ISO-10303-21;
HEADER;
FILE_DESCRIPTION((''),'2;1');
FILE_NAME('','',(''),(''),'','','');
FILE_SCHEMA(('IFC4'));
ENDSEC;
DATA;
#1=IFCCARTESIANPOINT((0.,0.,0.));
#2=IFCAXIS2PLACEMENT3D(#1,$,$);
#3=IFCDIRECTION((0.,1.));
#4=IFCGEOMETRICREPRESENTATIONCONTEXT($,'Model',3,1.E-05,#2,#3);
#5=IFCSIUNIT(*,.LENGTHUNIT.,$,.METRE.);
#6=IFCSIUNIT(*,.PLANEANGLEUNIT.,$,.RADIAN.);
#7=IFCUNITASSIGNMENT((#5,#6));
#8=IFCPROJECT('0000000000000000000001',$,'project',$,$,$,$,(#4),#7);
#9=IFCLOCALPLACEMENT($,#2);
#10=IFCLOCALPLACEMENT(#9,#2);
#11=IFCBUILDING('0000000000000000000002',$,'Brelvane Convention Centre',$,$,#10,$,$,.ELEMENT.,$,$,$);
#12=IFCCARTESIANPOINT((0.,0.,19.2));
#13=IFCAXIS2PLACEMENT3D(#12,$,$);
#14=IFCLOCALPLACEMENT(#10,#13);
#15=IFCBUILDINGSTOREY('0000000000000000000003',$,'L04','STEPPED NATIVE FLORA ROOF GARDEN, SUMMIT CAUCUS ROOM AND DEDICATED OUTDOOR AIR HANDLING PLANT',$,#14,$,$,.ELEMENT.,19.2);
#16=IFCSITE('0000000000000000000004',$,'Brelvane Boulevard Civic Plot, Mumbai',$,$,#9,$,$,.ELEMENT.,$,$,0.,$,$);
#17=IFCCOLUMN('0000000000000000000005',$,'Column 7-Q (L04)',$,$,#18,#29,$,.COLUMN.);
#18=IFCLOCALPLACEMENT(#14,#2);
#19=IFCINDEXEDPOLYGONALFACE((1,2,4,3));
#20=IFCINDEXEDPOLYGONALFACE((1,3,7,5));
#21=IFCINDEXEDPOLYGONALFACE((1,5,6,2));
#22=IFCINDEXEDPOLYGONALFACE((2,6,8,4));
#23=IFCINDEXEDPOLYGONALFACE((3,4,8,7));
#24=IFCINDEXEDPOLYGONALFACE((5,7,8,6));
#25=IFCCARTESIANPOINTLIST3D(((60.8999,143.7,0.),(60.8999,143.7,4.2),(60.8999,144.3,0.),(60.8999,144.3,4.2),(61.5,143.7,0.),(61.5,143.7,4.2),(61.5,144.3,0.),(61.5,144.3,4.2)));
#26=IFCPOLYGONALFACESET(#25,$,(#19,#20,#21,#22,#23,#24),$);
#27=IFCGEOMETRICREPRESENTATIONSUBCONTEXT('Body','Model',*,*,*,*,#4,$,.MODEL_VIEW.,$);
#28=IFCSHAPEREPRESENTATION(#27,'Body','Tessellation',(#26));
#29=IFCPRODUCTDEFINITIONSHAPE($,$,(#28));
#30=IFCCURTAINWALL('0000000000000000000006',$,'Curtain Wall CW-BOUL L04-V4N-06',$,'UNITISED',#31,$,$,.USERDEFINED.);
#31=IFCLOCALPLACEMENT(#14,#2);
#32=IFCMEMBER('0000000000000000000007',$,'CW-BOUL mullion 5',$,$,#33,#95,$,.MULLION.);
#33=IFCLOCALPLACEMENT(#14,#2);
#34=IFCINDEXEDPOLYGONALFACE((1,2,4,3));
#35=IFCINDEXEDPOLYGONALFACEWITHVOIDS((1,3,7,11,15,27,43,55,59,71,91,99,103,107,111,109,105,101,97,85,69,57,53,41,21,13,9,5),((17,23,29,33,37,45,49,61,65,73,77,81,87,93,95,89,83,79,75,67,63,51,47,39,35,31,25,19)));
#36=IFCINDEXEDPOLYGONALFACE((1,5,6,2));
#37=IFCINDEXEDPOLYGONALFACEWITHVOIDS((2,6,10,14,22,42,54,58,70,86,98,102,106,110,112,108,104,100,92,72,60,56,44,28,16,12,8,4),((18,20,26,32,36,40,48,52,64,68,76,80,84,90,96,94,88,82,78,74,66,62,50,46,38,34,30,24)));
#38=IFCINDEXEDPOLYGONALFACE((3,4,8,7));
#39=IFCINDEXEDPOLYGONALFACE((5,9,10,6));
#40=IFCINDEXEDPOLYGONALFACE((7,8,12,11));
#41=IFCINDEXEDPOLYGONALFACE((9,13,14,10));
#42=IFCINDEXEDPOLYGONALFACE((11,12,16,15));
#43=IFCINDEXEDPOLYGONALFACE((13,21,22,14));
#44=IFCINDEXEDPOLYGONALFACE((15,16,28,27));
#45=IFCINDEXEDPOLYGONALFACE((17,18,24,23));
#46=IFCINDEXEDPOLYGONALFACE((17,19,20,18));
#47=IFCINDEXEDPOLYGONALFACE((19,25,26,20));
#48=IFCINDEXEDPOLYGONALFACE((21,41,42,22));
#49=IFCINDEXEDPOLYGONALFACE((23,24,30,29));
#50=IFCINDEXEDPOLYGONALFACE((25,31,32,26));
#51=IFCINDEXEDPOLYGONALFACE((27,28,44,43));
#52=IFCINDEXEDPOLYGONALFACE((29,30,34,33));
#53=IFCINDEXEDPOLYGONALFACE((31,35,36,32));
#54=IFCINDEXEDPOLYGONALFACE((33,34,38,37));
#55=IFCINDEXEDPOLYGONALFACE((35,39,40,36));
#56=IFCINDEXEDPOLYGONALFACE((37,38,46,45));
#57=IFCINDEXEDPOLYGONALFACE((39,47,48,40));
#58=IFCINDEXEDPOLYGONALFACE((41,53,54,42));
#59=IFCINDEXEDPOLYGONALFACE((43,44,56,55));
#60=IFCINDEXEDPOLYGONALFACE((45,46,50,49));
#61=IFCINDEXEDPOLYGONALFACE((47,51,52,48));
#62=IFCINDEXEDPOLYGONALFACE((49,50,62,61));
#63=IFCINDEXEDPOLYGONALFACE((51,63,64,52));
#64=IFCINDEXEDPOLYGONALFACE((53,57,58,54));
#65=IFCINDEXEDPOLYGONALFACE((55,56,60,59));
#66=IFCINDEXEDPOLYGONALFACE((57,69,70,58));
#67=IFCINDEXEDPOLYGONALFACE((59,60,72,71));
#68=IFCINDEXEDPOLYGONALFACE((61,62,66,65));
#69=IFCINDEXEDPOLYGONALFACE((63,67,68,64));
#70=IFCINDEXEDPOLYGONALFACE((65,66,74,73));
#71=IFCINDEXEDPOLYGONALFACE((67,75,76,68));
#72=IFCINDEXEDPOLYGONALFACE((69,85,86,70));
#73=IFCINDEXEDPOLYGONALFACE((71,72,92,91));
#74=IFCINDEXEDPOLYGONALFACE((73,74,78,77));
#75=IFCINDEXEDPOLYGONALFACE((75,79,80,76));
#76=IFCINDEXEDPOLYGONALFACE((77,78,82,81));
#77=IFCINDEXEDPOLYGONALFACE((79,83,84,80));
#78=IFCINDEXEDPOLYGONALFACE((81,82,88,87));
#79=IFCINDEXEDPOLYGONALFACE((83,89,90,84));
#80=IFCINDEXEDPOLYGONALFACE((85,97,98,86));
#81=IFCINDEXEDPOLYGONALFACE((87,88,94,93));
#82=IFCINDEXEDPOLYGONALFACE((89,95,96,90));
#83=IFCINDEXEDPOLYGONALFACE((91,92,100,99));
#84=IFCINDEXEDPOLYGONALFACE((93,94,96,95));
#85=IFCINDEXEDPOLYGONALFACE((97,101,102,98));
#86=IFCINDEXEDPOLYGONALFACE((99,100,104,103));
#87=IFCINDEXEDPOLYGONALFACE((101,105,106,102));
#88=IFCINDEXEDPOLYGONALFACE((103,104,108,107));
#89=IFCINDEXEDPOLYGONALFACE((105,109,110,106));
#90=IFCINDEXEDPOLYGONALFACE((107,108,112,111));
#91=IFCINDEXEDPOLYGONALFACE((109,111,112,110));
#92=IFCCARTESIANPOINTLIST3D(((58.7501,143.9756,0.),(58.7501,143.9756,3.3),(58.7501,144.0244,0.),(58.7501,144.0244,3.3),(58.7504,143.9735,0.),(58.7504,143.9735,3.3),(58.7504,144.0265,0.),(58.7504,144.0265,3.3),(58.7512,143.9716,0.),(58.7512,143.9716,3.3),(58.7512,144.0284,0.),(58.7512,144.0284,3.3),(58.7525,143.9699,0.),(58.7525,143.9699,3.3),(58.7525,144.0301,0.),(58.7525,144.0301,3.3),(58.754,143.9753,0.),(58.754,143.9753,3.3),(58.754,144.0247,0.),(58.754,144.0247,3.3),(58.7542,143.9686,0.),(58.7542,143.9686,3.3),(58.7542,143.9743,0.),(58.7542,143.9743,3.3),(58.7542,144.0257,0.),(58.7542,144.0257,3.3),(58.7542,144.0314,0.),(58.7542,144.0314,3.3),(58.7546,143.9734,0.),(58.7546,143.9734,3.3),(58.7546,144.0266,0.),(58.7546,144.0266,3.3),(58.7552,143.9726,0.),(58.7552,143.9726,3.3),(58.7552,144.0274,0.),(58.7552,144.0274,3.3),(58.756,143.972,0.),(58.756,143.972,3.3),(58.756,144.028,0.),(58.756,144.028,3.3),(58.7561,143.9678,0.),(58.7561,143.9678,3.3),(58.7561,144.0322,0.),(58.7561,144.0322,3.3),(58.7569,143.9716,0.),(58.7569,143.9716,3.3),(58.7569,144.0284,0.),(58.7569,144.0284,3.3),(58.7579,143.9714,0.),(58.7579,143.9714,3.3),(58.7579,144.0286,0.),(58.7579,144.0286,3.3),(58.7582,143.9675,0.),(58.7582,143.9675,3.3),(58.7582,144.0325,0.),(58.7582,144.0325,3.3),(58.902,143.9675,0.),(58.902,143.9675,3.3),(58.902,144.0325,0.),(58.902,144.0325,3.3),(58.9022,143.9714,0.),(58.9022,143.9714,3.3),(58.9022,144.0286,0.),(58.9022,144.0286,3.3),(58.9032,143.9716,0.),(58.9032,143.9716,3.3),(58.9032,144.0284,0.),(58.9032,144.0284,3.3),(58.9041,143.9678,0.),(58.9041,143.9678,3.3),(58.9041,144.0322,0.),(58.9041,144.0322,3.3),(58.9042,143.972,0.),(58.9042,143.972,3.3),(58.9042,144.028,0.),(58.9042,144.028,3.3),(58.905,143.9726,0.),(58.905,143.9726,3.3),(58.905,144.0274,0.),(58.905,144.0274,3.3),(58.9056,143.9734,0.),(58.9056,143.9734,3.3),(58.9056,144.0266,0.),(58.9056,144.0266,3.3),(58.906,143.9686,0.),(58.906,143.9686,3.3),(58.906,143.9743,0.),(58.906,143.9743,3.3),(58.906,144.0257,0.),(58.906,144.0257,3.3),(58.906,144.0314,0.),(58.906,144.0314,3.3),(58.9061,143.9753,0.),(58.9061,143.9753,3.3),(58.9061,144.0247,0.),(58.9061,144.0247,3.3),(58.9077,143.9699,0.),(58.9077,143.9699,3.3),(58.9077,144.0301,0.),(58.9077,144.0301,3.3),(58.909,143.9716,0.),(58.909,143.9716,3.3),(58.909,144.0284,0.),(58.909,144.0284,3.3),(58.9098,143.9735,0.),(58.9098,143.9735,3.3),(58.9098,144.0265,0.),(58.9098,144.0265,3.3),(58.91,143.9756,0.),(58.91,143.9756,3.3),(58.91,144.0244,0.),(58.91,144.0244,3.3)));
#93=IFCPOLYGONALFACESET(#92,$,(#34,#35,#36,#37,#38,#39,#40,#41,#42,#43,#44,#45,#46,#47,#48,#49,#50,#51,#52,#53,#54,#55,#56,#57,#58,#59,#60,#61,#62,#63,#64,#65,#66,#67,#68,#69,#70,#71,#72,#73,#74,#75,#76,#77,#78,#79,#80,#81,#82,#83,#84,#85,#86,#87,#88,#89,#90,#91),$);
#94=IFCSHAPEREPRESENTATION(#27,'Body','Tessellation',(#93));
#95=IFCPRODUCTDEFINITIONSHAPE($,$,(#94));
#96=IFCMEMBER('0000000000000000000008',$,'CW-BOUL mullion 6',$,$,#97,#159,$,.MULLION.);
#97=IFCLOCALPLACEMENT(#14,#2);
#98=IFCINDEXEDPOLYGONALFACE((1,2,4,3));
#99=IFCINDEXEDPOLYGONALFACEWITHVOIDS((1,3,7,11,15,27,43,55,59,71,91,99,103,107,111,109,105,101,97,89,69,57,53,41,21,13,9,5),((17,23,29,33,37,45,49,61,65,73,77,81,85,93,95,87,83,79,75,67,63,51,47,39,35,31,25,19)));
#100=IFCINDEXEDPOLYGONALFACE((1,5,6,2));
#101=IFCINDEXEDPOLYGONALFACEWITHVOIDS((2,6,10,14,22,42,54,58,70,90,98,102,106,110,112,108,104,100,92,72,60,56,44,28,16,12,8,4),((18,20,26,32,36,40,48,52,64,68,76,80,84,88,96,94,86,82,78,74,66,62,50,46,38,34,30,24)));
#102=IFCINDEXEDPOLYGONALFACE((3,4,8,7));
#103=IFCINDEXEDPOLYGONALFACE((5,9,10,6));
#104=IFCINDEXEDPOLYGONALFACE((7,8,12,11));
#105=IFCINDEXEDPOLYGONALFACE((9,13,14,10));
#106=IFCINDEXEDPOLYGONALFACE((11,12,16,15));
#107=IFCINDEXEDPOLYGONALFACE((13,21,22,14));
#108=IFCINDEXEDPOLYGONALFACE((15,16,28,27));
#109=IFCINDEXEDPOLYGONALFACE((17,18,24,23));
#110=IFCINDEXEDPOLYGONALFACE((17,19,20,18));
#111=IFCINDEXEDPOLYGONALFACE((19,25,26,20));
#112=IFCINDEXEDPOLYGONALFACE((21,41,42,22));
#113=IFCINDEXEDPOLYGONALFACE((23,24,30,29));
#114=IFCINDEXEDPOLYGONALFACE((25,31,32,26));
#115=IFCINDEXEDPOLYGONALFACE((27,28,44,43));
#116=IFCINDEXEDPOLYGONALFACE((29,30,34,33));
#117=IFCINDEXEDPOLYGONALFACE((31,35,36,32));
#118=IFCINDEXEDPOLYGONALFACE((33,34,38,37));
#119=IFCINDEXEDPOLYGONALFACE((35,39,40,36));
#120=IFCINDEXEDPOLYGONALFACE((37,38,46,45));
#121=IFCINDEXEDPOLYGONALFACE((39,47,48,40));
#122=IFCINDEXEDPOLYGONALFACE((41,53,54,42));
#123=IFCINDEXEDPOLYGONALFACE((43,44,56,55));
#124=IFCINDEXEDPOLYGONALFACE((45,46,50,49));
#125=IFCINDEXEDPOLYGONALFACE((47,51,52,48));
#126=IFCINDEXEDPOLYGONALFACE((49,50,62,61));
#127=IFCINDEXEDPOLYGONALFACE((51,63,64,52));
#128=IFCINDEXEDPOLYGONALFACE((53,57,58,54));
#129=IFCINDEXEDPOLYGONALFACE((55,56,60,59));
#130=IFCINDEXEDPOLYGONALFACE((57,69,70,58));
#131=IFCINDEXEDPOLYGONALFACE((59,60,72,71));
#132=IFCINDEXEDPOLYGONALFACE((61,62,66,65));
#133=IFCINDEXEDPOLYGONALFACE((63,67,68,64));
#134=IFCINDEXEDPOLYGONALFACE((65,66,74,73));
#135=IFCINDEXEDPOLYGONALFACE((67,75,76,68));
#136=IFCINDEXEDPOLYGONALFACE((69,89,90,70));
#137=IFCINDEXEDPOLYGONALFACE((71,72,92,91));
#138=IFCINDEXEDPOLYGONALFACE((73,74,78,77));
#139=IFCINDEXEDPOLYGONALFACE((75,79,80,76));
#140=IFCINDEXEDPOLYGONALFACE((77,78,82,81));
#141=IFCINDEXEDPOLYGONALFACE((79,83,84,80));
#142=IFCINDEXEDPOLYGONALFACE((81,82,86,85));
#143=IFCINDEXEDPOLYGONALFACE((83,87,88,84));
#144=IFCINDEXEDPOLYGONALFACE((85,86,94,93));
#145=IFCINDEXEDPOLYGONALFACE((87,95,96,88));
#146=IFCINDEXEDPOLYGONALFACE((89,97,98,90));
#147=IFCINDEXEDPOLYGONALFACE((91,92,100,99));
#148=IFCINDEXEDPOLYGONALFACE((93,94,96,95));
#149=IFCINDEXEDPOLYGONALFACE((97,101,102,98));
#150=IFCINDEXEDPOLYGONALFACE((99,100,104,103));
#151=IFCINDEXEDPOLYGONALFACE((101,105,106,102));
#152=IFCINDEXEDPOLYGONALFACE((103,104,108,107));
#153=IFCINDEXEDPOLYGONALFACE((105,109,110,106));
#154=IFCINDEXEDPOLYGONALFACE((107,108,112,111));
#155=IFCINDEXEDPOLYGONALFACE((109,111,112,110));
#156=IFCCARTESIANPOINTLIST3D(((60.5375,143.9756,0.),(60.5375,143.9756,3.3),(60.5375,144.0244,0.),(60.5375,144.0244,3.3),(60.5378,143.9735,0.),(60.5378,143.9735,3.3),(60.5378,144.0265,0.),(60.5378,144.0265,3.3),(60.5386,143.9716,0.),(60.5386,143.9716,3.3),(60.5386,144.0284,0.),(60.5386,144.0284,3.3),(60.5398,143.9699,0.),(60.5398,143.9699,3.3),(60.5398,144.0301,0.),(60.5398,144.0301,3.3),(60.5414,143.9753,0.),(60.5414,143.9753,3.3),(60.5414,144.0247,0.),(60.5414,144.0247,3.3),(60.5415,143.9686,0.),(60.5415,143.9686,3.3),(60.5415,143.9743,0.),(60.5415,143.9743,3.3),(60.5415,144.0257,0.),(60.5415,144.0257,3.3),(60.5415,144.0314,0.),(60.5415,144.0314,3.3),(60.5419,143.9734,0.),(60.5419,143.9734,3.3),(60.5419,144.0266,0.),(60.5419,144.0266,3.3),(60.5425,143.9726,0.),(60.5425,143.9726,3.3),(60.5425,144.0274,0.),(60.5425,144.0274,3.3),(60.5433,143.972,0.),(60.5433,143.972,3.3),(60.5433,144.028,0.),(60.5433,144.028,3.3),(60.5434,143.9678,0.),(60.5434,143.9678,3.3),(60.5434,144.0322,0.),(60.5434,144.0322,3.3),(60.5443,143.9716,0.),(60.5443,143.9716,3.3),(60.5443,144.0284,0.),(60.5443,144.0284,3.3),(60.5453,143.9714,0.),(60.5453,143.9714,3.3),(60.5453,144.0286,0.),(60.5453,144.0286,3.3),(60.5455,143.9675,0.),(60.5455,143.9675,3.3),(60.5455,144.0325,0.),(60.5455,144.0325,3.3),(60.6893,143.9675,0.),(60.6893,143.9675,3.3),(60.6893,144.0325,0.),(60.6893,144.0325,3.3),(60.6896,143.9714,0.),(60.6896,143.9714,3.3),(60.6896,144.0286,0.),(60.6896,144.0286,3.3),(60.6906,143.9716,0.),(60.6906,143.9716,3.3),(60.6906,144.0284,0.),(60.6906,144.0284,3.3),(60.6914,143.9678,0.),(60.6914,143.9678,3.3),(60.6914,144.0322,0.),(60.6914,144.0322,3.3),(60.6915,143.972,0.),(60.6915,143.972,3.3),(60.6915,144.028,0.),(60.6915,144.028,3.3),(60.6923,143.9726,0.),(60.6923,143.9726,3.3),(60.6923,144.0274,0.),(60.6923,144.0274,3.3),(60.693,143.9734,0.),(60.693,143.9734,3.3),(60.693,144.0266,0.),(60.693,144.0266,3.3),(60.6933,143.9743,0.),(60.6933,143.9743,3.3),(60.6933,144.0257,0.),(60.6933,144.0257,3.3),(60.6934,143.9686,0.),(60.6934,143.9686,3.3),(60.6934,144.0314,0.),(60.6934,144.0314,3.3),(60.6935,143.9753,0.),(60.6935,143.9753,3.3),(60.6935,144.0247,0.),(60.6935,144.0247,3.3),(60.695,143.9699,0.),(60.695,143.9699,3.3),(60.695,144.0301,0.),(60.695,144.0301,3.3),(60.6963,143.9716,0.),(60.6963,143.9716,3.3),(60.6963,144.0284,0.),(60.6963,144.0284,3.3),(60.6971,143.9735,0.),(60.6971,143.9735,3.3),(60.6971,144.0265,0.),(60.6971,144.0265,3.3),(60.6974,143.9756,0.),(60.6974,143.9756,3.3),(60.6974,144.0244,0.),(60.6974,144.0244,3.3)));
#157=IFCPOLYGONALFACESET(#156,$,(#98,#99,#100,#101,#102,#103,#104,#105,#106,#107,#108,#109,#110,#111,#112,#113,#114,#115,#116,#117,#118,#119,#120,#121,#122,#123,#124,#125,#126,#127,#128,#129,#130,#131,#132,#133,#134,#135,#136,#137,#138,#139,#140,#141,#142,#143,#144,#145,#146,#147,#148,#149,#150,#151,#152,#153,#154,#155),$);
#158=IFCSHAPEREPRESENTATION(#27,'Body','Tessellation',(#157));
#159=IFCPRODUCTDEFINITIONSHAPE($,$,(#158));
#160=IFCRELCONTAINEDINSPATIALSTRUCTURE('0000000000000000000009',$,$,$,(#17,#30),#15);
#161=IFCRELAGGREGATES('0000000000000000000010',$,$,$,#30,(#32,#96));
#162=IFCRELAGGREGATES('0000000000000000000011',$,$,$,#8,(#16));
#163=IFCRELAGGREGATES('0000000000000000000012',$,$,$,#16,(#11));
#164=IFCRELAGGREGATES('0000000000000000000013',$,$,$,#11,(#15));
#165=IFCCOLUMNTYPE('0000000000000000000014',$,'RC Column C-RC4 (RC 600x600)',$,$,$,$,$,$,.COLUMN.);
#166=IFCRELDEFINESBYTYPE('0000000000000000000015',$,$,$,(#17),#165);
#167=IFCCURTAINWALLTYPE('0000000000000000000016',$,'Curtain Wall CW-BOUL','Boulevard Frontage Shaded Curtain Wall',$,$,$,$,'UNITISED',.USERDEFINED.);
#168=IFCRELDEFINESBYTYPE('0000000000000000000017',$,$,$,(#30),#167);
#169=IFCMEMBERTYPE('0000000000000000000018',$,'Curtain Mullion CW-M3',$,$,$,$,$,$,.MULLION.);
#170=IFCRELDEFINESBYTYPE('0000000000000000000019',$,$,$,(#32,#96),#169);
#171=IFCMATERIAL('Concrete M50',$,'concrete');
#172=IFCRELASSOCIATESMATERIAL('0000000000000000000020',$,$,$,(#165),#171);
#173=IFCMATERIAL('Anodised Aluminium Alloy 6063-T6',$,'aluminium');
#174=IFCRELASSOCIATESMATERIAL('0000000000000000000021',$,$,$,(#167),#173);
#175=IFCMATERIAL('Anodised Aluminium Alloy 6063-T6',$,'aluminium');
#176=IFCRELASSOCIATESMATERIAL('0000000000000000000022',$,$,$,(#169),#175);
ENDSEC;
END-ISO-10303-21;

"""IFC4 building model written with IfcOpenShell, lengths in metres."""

from ifc_helpers import new_model, si_unit, direction, frame, origin, origin_2d, place, context, subcontext, project, spatial, rectangle, hollow_rectangle, extrude, material, material_profile, profile_set, type_object, element, aggregate, save


model = new_model("IFC4")

# Units and contexts
model_context = context("Model", 3, precision=1e-05, world=origin(), true_north=direction((0.0, 1.0)))
body_context = subcontext(model_context, "Body", "Model", "MODEL_VIEW")
ifc_project = project(units=[si_unit("LENGTHUNIT", "METRE"), si_unit("PLANEANGLEUNIT", "RADIAN")], contexts=[model_context])

# Site, building, storey
site_placement = place(None, origin())
site = spatial("IfcSite", under=ifc_project, at=site_placement, Name="Brelvane Boulevard Civic Plot, Mumbai", CompositionType="ELEMENT", RefElevation=0.0)
building_placement = place(site_placement, origin())
building = spatial("IfcBuilding", under=site, at=building_placement, Name="Brelvane Convention Centre", CompositionType="ELEMENT")
storey_placement = place(building_placement, frame((0.0, 0.0, 19.2)))
storey = spatial("IfcBuildingStorey", under=building, at=storey_placement, Name="L04", Description="STEPPED NATIVE FLORA ROOF GARDEN, SUMMIT CAUCUS ROOM AND DEDICATED OUTDOOR AIR HANDLING PLANT", CompositionType="ELEMENT", Elevation=19.2)

# Column
ifc_material_1 = material(Name="Concrete M50", Category="concrete")
ifc_material_profile_1 = material_profile(ifc_material_1, rectangle(XDim=0.6001, YDim=0.6001, at=origin_2d()), Name="RC 600x600")
ifc_profile_set_1 = profile_set([ifc_material_profile_1], Name="Concrete M50")
column_type = type_object("IfcColumnType", Name="RC Column C-RC4 (RC 600x600)", PredefinedType="COLUMN", material=ifc_profile_set_1)
column_placement = place(storey_placement, frame((61.2, 144.0, 0.0), z_axis=(0.0, 0.0, 1.0), x_axis=(1.0, 0.0, 0.0)))
element("IfcColumn", 1, at=column_placement, inside=storey, type_object=column_type, Name="Column 7-Q (L04)", PredefinedType="COLUMN", context=body_context, shape_type="SweptSolid", body=[
    extrude(rectangle(XDim=0.6001, YDim=0.6001, at=origin_2d()), origin(), (0.0, 0.0, 1.0), 4.2),
])

# Curtain wall, members
ifc_material_2 = material(Name="Anodised Aluminium Alloy 6063-T6", Category="aluminium")
curtain_wall_type = type_object("IfcCurtainWallType", Name="Curtain Wall CW-BOUL", Description="Boulevard Frontage Shaded Curtain Wall", ElementType="UNITISED", PredefinedType="USERDEFINED", material=ifc_material_2)
curtain_wall_placement = place(storey_placement, origin())
curtain_wall = element("IfcCurtainWall", 2, at=curtain_wall_placement, inside=storey, type_object=curtain_wall_type, Name="Curtain Wall CW-BOUL L04-V4N-06", ObjectType="UNITISED", PredefinedType="USERDEFINED")
ifc_material_3 = material(Name="Anodised Aluminium Alloy 6063-T6", Category="aluminium")
ifc_material_profile_2 = material_profile(ifc_material_3, hollow_rectangle(XDim=0.0649, YDim=0.1599, WallThickness=0.0039, InnerFilletRadius=0.0039, OuterFilletRadius=0.0081, at=origin_2d()), Name="ALU-M 160x65x4.0")
ifc_profile_set_2 = profile_set([ifc_material_profile_2], Name="Anodised Aluminium Alloy 6063-T6")
member_type_1 = type_object("IfcMemberType", Name="Curtain Mullion CW-M3", PredefinedType="MULLION", material=ifc_profile_set_2)
member_1_placement = place(storey_placement, frame((58.8301, 144.0, 0.0), z_axis=(0.0, 0.0, 1.0), x_axis=(0.0, 1.0, 0.0)))
member_1 = element("IfcMember", 3, at=member_1_placement, type_object=member_type_1, Name="CW-BOUL mullion 5", PredefinedType="MULLION", context=body_context, shape_type="SweptSolid", body=[
    extrude(hollow_rectangle(XDim=0.0649, YDim=0.1599, WallThickness=0.0039, InnerFilletRadius=0.0039, OuterFilletRadius=0.0081, at=origin_2d()), origin(), (0.0, 0.0, 1.0), 3.3),
])
member_2_placement = place(storey_placement, frame((60.6174, 144.0, 0.0), z_axis=(0.0, 0.0, 1.0), x_axis=(0.0, 1.0, 0.0)))
member_2 = element("IfcMember", 4, at=member_2_placement, type_object=member_type_1, Name="CW-BOUL mullion 6", PredefinedType="MULLION", context=body_context, shape_type="SweptSolid", body=[
    extrude(hollow_rectangle(XDim=0.0649, YDim=0.1599, WallThickness=0.0039, InnerFilletRadius=0.0039, OuterFilletRadius=0.0081, at=origin_2d()), origin(), (0.0, 0.0, 1.0), 3.3),
])

aggregate(curtain_wall, [member_1, member_2])

save(model, "model.ifc")
